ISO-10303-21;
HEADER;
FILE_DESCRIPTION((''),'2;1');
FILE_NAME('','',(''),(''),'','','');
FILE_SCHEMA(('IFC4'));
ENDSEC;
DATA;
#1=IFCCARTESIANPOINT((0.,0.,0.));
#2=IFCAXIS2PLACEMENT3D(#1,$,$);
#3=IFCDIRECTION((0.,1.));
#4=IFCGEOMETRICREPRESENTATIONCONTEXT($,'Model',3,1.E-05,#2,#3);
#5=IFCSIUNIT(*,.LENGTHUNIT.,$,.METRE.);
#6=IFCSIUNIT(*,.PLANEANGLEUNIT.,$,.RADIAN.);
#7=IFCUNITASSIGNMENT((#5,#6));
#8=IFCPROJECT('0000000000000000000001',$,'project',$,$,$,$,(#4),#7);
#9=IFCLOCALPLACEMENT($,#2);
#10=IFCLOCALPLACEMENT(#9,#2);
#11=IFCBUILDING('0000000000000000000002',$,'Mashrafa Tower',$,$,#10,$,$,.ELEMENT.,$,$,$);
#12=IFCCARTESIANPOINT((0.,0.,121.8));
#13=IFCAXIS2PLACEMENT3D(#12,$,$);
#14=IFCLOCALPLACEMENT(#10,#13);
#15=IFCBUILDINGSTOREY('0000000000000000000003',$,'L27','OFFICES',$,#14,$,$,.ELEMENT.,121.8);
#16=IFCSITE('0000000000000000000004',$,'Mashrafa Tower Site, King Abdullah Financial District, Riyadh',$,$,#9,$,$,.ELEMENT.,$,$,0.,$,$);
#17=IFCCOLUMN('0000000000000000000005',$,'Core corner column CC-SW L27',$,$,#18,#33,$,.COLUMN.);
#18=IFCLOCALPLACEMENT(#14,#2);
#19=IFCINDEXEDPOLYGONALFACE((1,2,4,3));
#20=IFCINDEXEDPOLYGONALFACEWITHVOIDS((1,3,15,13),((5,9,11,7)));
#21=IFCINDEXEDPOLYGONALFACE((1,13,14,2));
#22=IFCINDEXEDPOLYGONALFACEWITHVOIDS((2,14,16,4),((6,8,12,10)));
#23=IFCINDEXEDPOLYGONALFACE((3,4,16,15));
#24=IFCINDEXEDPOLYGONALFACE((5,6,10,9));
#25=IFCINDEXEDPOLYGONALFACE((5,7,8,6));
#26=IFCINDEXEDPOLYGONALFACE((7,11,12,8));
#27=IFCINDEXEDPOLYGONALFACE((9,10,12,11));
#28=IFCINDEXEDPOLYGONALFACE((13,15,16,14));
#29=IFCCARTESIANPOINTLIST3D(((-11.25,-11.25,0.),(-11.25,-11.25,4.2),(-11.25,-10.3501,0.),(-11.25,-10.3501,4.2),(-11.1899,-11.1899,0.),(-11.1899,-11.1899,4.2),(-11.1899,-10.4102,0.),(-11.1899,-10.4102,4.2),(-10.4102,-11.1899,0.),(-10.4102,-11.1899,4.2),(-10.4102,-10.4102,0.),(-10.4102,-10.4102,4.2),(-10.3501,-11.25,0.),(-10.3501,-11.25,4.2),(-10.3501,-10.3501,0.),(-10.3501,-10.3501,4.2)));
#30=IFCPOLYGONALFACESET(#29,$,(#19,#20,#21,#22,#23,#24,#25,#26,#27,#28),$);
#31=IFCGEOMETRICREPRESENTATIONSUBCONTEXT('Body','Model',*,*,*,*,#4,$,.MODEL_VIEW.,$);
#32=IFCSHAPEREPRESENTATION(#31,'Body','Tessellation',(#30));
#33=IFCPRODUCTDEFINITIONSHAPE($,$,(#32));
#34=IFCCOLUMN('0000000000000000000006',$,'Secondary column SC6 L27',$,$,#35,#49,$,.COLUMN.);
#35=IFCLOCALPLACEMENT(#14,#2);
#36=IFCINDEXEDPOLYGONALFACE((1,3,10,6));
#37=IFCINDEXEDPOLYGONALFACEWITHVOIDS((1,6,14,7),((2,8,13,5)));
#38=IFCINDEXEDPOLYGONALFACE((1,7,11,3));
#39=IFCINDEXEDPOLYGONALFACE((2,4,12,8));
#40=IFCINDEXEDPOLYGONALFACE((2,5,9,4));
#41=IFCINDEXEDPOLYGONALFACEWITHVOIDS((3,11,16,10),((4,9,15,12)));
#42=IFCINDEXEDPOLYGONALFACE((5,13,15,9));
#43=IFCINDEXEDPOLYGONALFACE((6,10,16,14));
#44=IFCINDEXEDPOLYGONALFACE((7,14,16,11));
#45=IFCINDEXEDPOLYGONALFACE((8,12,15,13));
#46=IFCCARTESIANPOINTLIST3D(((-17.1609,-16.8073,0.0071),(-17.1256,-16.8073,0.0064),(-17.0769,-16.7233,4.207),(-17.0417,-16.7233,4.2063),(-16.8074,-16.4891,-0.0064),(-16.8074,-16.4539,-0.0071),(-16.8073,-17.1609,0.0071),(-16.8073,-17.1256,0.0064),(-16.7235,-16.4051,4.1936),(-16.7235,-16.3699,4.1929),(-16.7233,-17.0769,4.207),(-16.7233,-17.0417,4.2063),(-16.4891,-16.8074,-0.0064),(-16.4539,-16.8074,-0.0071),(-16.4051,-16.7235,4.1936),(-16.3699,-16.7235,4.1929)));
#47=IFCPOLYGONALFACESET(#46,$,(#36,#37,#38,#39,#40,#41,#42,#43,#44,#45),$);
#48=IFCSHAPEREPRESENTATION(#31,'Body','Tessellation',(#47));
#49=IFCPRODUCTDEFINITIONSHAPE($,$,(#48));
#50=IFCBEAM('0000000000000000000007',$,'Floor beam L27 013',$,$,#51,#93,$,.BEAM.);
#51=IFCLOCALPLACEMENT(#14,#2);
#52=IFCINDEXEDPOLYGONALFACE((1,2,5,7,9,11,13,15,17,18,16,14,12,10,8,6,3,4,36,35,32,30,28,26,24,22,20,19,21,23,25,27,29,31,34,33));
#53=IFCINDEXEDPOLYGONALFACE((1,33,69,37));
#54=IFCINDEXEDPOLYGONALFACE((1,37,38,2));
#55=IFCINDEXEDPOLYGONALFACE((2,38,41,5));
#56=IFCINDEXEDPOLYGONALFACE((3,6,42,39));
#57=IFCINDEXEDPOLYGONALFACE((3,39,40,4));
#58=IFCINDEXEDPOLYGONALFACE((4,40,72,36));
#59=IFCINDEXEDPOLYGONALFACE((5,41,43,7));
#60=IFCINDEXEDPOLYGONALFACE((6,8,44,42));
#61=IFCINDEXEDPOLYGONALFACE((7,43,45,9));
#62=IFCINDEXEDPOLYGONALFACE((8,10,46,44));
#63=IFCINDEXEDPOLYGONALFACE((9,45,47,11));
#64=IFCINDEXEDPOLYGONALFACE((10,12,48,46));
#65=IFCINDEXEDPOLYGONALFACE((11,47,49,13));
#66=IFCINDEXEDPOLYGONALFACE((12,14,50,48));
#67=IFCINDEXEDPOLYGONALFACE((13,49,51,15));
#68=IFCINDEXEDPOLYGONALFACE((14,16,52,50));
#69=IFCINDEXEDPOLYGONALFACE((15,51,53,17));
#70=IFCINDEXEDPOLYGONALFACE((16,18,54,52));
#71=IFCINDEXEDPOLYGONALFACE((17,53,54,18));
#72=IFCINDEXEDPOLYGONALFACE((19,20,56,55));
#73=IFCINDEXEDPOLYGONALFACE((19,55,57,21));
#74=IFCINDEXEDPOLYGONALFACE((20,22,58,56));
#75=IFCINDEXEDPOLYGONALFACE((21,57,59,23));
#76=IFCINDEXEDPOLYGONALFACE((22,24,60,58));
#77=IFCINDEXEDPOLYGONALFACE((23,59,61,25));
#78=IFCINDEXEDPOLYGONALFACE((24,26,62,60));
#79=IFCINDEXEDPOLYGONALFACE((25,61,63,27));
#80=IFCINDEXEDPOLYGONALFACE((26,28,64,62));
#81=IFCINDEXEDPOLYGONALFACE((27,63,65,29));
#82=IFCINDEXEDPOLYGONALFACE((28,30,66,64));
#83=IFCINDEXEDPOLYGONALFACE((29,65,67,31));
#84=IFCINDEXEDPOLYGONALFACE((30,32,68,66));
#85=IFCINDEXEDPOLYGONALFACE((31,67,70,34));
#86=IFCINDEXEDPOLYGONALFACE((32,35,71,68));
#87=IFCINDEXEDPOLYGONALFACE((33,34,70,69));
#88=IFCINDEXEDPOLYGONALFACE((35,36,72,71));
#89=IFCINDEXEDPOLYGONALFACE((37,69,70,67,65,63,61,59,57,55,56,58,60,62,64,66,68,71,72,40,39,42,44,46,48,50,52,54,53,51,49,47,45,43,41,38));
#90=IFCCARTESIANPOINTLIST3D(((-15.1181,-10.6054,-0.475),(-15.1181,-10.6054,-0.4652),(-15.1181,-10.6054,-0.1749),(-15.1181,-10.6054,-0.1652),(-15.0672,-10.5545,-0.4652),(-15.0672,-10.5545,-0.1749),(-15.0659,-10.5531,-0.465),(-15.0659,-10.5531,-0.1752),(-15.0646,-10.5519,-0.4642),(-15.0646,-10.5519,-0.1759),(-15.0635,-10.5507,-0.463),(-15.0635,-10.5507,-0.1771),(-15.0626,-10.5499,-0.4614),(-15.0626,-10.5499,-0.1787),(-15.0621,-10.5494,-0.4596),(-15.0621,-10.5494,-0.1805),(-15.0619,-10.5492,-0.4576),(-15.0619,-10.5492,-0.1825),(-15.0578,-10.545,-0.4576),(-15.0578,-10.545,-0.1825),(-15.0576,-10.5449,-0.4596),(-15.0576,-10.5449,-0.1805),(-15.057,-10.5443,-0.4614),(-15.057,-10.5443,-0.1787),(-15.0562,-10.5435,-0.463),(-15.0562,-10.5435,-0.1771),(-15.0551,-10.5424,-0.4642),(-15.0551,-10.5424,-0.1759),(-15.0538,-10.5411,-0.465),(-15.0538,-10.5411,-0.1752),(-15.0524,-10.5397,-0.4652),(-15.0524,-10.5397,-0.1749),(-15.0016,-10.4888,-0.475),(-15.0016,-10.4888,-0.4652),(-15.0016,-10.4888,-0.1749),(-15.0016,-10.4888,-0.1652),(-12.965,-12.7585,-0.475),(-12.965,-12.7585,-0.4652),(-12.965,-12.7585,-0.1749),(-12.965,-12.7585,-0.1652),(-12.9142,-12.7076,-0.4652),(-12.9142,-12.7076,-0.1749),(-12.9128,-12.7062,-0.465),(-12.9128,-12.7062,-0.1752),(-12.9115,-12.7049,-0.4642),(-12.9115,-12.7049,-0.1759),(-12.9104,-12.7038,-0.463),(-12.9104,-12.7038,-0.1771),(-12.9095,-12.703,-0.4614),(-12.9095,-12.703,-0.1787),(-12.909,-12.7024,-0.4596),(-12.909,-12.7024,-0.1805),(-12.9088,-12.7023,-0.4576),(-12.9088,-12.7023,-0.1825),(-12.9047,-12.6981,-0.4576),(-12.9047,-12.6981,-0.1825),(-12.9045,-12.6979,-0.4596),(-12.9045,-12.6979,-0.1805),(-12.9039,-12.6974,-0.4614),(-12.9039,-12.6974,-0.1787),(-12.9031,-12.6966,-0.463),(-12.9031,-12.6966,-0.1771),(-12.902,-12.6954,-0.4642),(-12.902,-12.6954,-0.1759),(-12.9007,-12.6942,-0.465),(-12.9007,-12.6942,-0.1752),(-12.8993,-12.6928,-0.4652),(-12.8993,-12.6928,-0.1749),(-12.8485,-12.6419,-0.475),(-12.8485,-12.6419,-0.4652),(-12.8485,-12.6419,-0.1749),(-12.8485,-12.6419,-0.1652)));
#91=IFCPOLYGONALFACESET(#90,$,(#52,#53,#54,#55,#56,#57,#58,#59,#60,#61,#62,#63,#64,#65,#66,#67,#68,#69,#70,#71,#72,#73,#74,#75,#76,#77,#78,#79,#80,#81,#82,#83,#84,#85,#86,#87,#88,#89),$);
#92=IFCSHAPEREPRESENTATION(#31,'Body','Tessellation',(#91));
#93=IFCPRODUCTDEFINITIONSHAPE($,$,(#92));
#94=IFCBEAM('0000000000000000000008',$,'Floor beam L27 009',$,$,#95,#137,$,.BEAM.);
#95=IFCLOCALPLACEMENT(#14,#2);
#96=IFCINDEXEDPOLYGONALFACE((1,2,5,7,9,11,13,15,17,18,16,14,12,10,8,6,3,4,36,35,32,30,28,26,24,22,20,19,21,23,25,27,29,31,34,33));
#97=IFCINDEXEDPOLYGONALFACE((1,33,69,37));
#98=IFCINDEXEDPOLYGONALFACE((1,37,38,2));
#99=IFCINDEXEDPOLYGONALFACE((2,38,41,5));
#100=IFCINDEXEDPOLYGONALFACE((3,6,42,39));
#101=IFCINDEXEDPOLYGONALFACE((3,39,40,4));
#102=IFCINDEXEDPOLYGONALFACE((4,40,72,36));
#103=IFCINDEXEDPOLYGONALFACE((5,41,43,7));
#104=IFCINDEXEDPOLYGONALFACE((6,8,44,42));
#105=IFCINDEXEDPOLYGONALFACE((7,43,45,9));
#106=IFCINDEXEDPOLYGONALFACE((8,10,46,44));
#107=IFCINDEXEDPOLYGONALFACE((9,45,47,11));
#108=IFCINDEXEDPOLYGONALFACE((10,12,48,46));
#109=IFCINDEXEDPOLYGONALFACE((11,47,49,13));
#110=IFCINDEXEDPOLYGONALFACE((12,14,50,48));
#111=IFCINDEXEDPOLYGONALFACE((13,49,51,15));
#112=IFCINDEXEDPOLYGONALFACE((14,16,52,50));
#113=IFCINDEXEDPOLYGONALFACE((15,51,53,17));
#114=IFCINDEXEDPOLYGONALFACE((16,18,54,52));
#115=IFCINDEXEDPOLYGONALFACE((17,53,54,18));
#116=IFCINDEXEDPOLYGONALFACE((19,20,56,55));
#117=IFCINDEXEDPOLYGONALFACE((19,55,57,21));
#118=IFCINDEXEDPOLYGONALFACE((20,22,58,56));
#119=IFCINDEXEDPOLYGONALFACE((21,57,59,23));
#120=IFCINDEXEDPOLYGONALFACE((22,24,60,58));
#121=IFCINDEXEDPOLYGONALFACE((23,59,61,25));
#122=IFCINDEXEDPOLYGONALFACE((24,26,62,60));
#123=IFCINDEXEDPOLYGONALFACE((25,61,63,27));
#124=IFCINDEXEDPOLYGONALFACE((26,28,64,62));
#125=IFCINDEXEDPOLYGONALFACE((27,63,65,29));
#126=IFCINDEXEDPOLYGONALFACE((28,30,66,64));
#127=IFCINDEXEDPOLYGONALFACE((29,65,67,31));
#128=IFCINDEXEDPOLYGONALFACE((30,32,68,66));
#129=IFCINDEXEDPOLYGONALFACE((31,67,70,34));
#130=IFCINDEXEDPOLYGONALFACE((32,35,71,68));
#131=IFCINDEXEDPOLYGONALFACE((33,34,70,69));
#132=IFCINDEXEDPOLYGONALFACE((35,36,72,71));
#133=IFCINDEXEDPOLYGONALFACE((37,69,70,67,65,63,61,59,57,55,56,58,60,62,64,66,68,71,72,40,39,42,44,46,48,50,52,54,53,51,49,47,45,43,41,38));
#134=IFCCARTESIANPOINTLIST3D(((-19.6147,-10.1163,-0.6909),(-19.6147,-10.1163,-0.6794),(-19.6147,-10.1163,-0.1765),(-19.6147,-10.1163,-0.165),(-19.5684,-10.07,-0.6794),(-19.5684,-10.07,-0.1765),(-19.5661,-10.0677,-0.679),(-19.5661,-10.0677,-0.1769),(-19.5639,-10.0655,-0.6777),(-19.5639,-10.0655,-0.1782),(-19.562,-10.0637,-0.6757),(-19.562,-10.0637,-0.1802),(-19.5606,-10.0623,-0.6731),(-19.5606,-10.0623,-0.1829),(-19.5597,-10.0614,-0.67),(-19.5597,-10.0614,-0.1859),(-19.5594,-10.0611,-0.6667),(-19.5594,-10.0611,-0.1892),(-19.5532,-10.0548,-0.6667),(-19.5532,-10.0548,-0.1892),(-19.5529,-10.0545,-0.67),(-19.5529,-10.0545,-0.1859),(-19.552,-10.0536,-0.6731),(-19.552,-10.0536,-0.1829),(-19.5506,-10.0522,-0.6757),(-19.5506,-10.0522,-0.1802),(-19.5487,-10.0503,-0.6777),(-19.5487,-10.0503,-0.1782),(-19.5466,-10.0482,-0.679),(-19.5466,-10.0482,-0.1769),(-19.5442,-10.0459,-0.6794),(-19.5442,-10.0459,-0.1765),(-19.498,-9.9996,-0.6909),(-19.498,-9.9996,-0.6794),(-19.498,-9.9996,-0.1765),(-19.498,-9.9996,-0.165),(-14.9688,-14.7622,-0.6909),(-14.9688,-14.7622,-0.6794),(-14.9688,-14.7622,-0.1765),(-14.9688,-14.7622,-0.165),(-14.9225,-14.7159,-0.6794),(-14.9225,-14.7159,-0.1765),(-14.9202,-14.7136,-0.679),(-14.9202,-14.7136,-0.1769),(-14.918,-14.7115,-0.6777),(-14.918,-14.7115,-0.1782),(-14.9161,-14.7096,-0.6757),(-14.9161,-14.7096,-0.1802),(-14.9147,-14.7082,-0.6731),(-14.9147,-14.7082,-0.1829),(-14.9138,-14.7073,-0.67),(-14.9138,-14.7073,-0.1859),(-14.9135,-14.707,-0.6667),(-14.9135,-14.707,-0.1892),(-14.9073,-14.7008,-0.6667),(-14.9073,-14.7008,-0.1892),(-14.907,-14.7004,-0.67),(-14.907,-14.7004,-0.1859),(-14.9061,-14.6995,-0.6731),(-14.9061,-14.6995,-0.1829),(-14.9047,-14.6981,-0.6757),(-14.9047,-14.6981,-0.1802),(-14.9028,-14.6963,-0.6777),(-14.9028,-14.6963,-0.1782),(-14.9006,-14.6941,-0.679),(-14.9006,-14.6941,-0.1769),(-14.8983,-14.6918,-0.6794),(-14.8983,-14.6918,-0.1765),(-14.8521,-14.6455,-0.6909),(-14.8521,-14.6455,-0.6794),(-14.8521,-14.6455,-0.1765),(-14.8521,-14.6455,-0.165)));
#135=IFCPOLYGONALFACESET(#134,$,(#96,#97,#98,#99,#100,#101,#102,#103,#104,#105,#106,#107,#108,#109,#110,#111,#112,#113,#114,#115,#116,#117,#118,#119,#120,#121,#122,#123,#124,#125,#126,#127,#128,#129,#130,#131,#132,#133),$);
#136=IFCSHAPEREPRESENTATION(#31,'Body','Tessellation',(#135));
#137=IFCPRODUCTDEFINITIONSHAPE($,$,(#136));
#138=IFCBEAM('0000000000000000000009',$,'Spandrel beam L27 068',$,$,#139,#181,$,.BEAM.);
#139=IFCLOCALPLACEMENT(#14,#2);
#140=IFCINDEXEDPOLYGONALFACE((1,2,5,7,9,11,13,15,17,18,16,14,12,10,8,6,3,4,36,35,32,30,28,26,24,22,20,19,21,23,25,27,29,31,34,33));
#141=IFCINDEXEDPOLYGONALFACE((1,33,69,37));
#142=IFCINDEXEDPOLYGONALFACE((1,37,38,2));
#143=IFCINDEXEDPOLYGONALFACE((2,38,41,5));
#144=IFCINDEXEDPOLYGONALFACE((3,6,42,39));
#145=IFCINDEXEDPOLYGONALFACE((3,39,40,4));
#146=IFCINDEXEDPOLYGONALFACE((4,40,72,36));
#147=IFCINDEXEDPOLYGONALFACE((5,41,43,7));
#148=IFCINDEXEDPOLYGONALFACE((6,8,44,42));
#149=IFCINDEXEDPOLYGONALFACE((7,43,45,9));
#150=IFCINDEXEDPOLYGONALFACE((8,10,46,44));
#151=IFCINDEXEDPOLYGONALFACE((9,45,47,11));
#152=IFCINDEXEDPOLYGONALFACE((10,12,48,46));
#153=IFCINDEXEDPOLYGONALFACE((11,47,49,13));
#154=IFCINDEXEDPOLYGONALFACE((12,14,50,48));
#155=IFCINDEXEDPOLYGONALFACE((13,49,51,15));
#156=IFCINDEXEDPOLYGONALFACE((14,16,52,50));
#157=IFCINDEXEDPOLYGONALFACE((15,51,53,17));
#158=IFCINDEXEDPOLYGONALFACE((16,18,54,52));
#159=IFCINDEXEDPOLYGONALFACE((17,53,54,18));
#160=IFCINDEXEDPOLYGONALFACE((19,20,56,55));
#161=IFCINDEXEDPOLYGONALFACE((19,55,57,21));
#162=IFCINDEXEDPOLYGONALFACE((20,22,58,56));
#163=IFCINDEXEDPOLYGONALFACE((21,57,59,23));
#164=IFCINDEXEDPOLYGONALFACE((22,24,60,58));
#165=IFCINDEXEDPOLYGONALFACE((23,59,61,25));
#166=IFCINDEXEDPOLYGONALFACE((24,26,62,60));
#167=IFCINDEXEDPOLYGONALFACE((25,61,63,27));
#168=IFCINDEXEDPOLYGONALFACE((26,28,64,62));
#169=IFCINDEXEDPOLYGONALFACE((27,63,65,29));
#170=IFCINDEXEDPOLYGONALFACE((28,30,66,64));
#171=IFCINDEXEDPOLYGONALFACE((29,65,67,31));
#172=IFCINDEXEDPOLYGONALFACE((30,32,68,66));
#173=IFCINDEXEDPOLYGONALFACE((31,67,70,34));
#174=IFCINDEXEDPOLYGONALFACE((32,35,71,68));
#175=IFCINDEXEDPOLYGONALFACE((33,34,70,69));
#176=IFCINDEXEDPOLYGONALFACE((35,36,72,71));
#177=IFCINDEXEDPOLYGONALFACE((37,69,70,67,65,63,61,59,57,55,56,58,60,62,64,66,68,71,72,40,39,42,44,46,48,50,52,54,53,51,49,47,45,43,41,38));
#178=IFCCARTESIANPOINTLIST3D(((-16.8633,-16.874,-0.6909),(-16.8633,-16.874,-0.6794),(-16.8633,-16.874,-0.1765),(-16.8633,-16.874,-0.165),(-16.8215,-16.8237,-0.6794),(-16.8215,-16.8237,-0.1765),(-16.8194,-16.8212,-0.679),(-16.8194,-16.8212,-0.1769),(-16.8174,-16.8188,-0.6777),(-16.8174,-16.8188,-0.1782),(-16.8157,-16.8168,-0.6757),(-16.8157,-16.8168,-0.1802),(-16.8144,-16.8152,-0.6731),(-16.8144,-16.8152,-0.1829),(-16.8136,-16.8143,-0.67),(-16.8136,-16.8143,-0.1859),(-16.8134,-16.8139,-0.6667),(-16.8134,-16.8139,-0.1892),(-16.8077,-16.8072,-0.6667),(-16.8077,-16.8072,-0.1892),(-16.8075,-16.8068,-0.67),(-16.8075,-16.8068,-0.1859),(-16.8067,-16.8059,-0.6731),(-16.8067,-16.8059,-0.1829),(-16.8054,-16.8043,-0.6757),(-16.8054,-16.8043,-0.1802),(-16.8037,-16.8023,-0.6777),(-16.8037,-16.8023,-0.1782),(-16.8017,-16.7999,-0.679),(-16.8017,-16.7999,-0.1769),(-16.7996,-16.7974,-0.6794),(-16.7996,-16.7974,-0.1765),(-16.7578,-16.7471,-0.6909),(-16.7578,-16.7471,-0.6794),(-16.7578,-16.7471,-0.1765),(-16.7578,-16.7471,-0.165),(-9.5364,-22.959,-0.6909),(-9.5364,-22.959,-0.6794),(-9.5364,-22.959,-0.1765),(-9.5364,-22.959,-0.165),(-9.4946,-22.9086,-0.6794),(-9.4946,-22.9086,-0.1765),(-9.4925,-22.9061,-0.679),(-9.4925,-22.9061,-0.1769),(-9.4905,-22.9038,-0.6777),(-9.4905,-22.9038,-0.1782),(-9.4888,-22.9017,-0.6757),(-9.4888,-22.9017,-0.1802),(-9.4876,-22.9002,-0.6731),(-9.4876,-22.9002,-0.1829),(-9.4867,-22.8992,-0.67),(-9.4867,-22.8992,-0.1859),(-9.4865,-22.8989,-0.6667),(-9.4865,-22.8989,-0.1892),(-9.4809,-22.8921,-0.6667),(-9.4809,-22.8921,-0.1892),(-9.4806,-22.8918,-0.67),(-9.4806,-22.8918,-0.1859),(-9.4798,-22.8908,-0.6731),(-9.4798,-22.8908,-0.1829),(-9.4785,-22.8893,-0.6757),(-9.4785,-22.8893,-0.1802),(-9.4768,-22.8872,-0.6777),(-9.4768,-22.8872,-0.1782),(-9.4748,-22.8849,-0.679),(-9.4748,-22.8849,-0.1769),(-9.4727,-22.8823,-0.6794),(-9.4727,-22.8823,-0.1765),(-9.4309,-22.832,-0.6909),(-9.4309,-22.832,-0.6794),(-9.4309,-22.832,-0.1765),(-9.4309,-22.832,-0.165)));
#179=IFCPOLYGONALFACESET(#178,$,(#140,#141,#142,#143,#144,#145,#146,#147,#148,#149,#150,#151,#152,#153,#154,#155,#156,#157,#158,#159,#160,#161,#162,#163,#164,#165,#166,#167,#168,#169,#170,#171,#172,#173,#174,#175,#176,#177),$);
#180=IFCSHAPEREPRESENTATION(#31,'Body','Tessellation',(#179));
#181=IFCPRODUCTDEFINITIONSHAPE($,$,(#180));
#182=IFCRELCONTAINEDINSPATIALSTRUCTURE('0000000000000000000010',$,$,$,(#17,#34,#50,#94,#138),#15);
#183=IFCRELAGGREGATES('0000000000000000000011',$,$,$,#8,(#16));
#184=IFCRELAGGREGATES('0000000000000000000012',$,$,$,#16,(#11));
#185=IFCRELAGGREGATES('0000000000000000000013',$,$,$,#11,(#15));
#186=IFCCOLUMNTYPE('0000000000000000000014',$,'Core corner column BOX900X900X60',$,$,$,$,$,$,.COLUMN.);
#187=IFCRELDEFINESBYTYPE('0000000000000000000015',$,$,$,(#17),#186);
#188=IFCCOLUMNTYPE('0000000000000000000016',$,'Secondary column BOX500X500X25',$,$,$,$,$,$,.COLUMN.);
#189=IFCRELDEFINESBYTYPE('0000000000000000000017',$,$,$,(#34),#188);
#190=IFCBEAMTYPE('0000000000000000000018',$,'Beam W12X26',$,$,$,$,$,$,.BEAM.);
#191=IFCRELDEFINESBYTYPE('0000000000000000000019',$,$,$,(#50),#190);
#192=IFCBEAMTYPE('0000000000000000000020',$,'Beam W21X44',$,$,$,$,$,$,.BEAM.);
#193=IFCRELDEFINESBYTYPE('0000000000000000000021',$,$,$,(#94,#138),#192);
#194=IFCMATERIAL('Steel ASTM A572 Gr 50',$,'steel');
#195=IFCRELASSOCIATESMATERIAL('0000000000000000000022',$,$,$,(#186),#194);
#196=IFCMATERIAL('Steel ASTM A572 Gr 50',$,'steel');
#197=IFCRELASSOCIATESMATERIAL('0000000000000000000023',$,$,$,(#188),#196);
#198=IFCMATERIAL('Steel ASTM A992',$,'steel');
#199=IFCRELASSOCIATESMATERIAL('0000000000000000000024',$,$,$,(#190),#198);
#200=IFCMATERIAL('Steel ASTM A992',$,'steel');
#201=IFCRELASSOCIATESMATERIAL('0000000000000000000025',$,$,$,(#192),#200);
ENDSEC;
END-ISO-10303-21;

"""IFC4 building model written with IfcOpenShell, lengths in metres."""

from ifc_helpers import new_model, si_unit, direction, frame, origin, origin_2d, place, context, subcontext, project, spatial, hollow_rectangle, i_section, extrude, material, material_profile, profile_set, type_object, element, save


model = new_model("IFC4")

# Units and contexts
model_context = context("Model", 3, precision=1e-05, world=origin(), true_north=direction((0.0, 1.0)))
body_context = subcontext(model_context, "Body", "Model", "MODEL_VIEW")
ifc_project = project(units=[si_unit("LENGTHUNIT", "METRE"), si_unit("PLANEANGLEUNIT", "RADIAN")], contexts=[model_context])

# Site, building, storey
site_placement = place(None, origin())
site = spatial("IfcSite", under=ifc_project, at=site_placement, Name="Mashrafa Tower Site, King Abdullah Financial District, Riyadh", CompositionType="ELEMENT", RefElevation=0.0)
building_placement = place(site_placement, origin())
building = spatial("IfcBuilding", under=site, at=building_placement, Name="Mashrafa Tower", CompositionType="ELEMENT")
storey_placement = place(building_placement, frame((0.0, 0.0, 121.8)))
storey = spatial("IfcBuildingStorey", under=building, at=storey_placement, Name="L27", Description="OFFICES", CompositionType="ELEMENT", Elevation=121.8)

# Columns
ifc_material_1 = material(Name="Steel ASTM A572 Gr 50", Category="steel")
ifc_material_profile_1 = material_profile(ifc_material_1, hollow_rectangle(XDim=0.8999, YDim=0.8999, WallThickness=0.0601, at=origin_2d()), Name="BOX900X900X60")
ifc_profile_set_1 = profile_set([ifc_material_profile_1], Name="Steel ASTM A572 Gr 50")
column_type_1 = type_object("IfcColumnType", Name="Core corner column BOX900X900X60", PredefinedType="COLUMN", material=ifc_profile_set_1)
column_1_placement = place(storey_placement, frame((-10.8, -10.8, 0.0), z_axis=(0.0, 0.0, 1.0), x_axis=(1.0, 0.0, 0.0)))
element("IfcColumn", 1, at=column_1_placement, inside=storey, type_object=column_type_1, Name="Core corner column CC-SW L27", PredefinedType="COLUMN", context=body_context, shape_type="SweptSolid", body=[
    extrude(hollow_rectangle(XDim=0.8999, YDim=0.8999, WallThickness=0.0601, at=origin_2d()), origin(), (0.0, 0.0, 1.0), 4.2),
])
ifc_material_2 = material(Name="Steel ASTM A572 Gr 50", Category="steel")
ifc_material_profile_2 = material_profile(ifc_material_2, hollow_rectangle(XDim=0.5, YDim=0.5, WallThickness=0.0249, at=origin_2d()), Name="BOX500X500X25")
ifc_profile_set_2 = profile_set([ifc_material_profile_2], Name="Steel ASTM A572 Gr 50")
column_type_2 = type_object("IfcColumnType", Name="Secondary column BOX500X500X25", PredefinedType="COLUMN", material=ifc_profile_set_2)
column_2_placement = place(storey_placement, frame((-16.8074, -16.8074, 0.0), z_axis=(0.019989, 0.019989, 0.9996), x_axis=(-0.707107, 0.707107, 0.0)))
element("IfcColumn", 2, at=column_2_placement, inside=storey, type_object=column_type_2, Name="Secondary column SC6 L27", PredefinedType="COLUMN", context=body_context, shape_type="SweptSolid", body=[
    extrude(hollow_rectangle(XDim=0.5, YDim=0.5, WallThickness=0.0249, at=origin_2d()), origin(), (0.0, 0.0, 1.0), 4.2017),
])

# Beams
ifc_material_3 = material(Name="Steel ASTM A992", Category="steel")
ifc_material_profile_3 = material_profile(ifc_material_3, i_section(OverallWidth=0.1648, OverallDepth=0.3098, WebThickness=0.0059, FlangeThickness=0.0098, FilletRadius=0.0076, at=origin_2d()), Name="W12X26")
ifc_profile_set_3 = profile_set([ifc_material_profile_3], Name="Steel ASTM A992")
beam_type_1 = type_object("IfcBeamType", Name="Beam W12X26", PredefinedType="BEAM", material=ifc_profile_set_3)
beam_1_placement = place(storey_placement, frame((-12.9067, -12.7002, -0.3201), z_axis=(-0.707107, 0.707107, 0.0), x_axis=(-0.707107, -0.707107, 0.0)))
element("IfcBeam", 3, at=beam_1_placement, inside=storey, type_object=beam_type_1, Name="Floor beam L27 013", PredefinedType="BEAM", context=body_context, shape_type="SweptSolid", body=[
    extrude(i_section(OverallWidth=0.1648, OverallDepth=0.3098, WebThickness=0.0059, FlangeThickness=0.0098, FilletRadius=0.0076, at=origin_2d()), origin(), (0.0, 0.0, 1.0), 3.0449),
])
ifc_material_4 = material(Name="Steel ASTM A992", Category="steel")
ifc_material_profile_4 = material_profile(ifc_material_4, i_section(OverallWidth=0.165, OverallDepth=0.5259, WebThickness=0.0088, FlangeThickness=0.0115, FilletRadius=0.0127, at=origin_2d()), Name="W21X44")
ifc_profile_set_4 = profile_set([ifc_material_profile_4], Name="Steel ASTM A992")
beam_type_2 = type_object("IfcBeamType", Name="Beam W21X44", PredefinedType="BEAM", material=ifc_profile_set_4)
beam_2_placement = place(storey_placement, frame((-14.9104, -14.7039, -0.428), z_axis=(-0.707107, 0.707107, 0.0), x_axis=(-0.707107, -0.707107, 0.0)))
element("IfcBeam", 4, at=beam_2_placement, inside=storey, type_object=beam_type_2, Name="Floor beam L27 009", PredefinedType="BEAM", context=body_context, shape_type="SweptSolid", body=[
    extrude(i_section(OverallWidth=0.165, OverallDepth=0.5259, WebThickness=0.0088, FlangeThickness=0.0115, FilletRadius=0.0127, at=origin_2d()), origin(), (0.0, 0.0, 1.0), 6.5703),
])
beam_3_placement = place(storey_placement, frame((-16.8105, -16.8105, -0.428), z_axis=(0.769294, -0.638895, 0.0), x_axis=(0.638895, 0.769294, 0.0)))
element("IfcBeam", 5, at=beam_3_placement, inside=storey, type_object=beam_type_2, Name="Spandrel beam L27 068", PredefinedType="BEAM", context=body_context, shape_type="SweptSolid", body=[
    extrude(i_section(OverallWidth=0.165, OverallDepth=0.5259, WebThickness=0.0088, FlangeThickness=0.0115, FilletRadius=0.0127, at=origin_2d()), origin(), (0.0, 0.0, 1.0), 9.5242),
])

save(model, "model.ifc")
